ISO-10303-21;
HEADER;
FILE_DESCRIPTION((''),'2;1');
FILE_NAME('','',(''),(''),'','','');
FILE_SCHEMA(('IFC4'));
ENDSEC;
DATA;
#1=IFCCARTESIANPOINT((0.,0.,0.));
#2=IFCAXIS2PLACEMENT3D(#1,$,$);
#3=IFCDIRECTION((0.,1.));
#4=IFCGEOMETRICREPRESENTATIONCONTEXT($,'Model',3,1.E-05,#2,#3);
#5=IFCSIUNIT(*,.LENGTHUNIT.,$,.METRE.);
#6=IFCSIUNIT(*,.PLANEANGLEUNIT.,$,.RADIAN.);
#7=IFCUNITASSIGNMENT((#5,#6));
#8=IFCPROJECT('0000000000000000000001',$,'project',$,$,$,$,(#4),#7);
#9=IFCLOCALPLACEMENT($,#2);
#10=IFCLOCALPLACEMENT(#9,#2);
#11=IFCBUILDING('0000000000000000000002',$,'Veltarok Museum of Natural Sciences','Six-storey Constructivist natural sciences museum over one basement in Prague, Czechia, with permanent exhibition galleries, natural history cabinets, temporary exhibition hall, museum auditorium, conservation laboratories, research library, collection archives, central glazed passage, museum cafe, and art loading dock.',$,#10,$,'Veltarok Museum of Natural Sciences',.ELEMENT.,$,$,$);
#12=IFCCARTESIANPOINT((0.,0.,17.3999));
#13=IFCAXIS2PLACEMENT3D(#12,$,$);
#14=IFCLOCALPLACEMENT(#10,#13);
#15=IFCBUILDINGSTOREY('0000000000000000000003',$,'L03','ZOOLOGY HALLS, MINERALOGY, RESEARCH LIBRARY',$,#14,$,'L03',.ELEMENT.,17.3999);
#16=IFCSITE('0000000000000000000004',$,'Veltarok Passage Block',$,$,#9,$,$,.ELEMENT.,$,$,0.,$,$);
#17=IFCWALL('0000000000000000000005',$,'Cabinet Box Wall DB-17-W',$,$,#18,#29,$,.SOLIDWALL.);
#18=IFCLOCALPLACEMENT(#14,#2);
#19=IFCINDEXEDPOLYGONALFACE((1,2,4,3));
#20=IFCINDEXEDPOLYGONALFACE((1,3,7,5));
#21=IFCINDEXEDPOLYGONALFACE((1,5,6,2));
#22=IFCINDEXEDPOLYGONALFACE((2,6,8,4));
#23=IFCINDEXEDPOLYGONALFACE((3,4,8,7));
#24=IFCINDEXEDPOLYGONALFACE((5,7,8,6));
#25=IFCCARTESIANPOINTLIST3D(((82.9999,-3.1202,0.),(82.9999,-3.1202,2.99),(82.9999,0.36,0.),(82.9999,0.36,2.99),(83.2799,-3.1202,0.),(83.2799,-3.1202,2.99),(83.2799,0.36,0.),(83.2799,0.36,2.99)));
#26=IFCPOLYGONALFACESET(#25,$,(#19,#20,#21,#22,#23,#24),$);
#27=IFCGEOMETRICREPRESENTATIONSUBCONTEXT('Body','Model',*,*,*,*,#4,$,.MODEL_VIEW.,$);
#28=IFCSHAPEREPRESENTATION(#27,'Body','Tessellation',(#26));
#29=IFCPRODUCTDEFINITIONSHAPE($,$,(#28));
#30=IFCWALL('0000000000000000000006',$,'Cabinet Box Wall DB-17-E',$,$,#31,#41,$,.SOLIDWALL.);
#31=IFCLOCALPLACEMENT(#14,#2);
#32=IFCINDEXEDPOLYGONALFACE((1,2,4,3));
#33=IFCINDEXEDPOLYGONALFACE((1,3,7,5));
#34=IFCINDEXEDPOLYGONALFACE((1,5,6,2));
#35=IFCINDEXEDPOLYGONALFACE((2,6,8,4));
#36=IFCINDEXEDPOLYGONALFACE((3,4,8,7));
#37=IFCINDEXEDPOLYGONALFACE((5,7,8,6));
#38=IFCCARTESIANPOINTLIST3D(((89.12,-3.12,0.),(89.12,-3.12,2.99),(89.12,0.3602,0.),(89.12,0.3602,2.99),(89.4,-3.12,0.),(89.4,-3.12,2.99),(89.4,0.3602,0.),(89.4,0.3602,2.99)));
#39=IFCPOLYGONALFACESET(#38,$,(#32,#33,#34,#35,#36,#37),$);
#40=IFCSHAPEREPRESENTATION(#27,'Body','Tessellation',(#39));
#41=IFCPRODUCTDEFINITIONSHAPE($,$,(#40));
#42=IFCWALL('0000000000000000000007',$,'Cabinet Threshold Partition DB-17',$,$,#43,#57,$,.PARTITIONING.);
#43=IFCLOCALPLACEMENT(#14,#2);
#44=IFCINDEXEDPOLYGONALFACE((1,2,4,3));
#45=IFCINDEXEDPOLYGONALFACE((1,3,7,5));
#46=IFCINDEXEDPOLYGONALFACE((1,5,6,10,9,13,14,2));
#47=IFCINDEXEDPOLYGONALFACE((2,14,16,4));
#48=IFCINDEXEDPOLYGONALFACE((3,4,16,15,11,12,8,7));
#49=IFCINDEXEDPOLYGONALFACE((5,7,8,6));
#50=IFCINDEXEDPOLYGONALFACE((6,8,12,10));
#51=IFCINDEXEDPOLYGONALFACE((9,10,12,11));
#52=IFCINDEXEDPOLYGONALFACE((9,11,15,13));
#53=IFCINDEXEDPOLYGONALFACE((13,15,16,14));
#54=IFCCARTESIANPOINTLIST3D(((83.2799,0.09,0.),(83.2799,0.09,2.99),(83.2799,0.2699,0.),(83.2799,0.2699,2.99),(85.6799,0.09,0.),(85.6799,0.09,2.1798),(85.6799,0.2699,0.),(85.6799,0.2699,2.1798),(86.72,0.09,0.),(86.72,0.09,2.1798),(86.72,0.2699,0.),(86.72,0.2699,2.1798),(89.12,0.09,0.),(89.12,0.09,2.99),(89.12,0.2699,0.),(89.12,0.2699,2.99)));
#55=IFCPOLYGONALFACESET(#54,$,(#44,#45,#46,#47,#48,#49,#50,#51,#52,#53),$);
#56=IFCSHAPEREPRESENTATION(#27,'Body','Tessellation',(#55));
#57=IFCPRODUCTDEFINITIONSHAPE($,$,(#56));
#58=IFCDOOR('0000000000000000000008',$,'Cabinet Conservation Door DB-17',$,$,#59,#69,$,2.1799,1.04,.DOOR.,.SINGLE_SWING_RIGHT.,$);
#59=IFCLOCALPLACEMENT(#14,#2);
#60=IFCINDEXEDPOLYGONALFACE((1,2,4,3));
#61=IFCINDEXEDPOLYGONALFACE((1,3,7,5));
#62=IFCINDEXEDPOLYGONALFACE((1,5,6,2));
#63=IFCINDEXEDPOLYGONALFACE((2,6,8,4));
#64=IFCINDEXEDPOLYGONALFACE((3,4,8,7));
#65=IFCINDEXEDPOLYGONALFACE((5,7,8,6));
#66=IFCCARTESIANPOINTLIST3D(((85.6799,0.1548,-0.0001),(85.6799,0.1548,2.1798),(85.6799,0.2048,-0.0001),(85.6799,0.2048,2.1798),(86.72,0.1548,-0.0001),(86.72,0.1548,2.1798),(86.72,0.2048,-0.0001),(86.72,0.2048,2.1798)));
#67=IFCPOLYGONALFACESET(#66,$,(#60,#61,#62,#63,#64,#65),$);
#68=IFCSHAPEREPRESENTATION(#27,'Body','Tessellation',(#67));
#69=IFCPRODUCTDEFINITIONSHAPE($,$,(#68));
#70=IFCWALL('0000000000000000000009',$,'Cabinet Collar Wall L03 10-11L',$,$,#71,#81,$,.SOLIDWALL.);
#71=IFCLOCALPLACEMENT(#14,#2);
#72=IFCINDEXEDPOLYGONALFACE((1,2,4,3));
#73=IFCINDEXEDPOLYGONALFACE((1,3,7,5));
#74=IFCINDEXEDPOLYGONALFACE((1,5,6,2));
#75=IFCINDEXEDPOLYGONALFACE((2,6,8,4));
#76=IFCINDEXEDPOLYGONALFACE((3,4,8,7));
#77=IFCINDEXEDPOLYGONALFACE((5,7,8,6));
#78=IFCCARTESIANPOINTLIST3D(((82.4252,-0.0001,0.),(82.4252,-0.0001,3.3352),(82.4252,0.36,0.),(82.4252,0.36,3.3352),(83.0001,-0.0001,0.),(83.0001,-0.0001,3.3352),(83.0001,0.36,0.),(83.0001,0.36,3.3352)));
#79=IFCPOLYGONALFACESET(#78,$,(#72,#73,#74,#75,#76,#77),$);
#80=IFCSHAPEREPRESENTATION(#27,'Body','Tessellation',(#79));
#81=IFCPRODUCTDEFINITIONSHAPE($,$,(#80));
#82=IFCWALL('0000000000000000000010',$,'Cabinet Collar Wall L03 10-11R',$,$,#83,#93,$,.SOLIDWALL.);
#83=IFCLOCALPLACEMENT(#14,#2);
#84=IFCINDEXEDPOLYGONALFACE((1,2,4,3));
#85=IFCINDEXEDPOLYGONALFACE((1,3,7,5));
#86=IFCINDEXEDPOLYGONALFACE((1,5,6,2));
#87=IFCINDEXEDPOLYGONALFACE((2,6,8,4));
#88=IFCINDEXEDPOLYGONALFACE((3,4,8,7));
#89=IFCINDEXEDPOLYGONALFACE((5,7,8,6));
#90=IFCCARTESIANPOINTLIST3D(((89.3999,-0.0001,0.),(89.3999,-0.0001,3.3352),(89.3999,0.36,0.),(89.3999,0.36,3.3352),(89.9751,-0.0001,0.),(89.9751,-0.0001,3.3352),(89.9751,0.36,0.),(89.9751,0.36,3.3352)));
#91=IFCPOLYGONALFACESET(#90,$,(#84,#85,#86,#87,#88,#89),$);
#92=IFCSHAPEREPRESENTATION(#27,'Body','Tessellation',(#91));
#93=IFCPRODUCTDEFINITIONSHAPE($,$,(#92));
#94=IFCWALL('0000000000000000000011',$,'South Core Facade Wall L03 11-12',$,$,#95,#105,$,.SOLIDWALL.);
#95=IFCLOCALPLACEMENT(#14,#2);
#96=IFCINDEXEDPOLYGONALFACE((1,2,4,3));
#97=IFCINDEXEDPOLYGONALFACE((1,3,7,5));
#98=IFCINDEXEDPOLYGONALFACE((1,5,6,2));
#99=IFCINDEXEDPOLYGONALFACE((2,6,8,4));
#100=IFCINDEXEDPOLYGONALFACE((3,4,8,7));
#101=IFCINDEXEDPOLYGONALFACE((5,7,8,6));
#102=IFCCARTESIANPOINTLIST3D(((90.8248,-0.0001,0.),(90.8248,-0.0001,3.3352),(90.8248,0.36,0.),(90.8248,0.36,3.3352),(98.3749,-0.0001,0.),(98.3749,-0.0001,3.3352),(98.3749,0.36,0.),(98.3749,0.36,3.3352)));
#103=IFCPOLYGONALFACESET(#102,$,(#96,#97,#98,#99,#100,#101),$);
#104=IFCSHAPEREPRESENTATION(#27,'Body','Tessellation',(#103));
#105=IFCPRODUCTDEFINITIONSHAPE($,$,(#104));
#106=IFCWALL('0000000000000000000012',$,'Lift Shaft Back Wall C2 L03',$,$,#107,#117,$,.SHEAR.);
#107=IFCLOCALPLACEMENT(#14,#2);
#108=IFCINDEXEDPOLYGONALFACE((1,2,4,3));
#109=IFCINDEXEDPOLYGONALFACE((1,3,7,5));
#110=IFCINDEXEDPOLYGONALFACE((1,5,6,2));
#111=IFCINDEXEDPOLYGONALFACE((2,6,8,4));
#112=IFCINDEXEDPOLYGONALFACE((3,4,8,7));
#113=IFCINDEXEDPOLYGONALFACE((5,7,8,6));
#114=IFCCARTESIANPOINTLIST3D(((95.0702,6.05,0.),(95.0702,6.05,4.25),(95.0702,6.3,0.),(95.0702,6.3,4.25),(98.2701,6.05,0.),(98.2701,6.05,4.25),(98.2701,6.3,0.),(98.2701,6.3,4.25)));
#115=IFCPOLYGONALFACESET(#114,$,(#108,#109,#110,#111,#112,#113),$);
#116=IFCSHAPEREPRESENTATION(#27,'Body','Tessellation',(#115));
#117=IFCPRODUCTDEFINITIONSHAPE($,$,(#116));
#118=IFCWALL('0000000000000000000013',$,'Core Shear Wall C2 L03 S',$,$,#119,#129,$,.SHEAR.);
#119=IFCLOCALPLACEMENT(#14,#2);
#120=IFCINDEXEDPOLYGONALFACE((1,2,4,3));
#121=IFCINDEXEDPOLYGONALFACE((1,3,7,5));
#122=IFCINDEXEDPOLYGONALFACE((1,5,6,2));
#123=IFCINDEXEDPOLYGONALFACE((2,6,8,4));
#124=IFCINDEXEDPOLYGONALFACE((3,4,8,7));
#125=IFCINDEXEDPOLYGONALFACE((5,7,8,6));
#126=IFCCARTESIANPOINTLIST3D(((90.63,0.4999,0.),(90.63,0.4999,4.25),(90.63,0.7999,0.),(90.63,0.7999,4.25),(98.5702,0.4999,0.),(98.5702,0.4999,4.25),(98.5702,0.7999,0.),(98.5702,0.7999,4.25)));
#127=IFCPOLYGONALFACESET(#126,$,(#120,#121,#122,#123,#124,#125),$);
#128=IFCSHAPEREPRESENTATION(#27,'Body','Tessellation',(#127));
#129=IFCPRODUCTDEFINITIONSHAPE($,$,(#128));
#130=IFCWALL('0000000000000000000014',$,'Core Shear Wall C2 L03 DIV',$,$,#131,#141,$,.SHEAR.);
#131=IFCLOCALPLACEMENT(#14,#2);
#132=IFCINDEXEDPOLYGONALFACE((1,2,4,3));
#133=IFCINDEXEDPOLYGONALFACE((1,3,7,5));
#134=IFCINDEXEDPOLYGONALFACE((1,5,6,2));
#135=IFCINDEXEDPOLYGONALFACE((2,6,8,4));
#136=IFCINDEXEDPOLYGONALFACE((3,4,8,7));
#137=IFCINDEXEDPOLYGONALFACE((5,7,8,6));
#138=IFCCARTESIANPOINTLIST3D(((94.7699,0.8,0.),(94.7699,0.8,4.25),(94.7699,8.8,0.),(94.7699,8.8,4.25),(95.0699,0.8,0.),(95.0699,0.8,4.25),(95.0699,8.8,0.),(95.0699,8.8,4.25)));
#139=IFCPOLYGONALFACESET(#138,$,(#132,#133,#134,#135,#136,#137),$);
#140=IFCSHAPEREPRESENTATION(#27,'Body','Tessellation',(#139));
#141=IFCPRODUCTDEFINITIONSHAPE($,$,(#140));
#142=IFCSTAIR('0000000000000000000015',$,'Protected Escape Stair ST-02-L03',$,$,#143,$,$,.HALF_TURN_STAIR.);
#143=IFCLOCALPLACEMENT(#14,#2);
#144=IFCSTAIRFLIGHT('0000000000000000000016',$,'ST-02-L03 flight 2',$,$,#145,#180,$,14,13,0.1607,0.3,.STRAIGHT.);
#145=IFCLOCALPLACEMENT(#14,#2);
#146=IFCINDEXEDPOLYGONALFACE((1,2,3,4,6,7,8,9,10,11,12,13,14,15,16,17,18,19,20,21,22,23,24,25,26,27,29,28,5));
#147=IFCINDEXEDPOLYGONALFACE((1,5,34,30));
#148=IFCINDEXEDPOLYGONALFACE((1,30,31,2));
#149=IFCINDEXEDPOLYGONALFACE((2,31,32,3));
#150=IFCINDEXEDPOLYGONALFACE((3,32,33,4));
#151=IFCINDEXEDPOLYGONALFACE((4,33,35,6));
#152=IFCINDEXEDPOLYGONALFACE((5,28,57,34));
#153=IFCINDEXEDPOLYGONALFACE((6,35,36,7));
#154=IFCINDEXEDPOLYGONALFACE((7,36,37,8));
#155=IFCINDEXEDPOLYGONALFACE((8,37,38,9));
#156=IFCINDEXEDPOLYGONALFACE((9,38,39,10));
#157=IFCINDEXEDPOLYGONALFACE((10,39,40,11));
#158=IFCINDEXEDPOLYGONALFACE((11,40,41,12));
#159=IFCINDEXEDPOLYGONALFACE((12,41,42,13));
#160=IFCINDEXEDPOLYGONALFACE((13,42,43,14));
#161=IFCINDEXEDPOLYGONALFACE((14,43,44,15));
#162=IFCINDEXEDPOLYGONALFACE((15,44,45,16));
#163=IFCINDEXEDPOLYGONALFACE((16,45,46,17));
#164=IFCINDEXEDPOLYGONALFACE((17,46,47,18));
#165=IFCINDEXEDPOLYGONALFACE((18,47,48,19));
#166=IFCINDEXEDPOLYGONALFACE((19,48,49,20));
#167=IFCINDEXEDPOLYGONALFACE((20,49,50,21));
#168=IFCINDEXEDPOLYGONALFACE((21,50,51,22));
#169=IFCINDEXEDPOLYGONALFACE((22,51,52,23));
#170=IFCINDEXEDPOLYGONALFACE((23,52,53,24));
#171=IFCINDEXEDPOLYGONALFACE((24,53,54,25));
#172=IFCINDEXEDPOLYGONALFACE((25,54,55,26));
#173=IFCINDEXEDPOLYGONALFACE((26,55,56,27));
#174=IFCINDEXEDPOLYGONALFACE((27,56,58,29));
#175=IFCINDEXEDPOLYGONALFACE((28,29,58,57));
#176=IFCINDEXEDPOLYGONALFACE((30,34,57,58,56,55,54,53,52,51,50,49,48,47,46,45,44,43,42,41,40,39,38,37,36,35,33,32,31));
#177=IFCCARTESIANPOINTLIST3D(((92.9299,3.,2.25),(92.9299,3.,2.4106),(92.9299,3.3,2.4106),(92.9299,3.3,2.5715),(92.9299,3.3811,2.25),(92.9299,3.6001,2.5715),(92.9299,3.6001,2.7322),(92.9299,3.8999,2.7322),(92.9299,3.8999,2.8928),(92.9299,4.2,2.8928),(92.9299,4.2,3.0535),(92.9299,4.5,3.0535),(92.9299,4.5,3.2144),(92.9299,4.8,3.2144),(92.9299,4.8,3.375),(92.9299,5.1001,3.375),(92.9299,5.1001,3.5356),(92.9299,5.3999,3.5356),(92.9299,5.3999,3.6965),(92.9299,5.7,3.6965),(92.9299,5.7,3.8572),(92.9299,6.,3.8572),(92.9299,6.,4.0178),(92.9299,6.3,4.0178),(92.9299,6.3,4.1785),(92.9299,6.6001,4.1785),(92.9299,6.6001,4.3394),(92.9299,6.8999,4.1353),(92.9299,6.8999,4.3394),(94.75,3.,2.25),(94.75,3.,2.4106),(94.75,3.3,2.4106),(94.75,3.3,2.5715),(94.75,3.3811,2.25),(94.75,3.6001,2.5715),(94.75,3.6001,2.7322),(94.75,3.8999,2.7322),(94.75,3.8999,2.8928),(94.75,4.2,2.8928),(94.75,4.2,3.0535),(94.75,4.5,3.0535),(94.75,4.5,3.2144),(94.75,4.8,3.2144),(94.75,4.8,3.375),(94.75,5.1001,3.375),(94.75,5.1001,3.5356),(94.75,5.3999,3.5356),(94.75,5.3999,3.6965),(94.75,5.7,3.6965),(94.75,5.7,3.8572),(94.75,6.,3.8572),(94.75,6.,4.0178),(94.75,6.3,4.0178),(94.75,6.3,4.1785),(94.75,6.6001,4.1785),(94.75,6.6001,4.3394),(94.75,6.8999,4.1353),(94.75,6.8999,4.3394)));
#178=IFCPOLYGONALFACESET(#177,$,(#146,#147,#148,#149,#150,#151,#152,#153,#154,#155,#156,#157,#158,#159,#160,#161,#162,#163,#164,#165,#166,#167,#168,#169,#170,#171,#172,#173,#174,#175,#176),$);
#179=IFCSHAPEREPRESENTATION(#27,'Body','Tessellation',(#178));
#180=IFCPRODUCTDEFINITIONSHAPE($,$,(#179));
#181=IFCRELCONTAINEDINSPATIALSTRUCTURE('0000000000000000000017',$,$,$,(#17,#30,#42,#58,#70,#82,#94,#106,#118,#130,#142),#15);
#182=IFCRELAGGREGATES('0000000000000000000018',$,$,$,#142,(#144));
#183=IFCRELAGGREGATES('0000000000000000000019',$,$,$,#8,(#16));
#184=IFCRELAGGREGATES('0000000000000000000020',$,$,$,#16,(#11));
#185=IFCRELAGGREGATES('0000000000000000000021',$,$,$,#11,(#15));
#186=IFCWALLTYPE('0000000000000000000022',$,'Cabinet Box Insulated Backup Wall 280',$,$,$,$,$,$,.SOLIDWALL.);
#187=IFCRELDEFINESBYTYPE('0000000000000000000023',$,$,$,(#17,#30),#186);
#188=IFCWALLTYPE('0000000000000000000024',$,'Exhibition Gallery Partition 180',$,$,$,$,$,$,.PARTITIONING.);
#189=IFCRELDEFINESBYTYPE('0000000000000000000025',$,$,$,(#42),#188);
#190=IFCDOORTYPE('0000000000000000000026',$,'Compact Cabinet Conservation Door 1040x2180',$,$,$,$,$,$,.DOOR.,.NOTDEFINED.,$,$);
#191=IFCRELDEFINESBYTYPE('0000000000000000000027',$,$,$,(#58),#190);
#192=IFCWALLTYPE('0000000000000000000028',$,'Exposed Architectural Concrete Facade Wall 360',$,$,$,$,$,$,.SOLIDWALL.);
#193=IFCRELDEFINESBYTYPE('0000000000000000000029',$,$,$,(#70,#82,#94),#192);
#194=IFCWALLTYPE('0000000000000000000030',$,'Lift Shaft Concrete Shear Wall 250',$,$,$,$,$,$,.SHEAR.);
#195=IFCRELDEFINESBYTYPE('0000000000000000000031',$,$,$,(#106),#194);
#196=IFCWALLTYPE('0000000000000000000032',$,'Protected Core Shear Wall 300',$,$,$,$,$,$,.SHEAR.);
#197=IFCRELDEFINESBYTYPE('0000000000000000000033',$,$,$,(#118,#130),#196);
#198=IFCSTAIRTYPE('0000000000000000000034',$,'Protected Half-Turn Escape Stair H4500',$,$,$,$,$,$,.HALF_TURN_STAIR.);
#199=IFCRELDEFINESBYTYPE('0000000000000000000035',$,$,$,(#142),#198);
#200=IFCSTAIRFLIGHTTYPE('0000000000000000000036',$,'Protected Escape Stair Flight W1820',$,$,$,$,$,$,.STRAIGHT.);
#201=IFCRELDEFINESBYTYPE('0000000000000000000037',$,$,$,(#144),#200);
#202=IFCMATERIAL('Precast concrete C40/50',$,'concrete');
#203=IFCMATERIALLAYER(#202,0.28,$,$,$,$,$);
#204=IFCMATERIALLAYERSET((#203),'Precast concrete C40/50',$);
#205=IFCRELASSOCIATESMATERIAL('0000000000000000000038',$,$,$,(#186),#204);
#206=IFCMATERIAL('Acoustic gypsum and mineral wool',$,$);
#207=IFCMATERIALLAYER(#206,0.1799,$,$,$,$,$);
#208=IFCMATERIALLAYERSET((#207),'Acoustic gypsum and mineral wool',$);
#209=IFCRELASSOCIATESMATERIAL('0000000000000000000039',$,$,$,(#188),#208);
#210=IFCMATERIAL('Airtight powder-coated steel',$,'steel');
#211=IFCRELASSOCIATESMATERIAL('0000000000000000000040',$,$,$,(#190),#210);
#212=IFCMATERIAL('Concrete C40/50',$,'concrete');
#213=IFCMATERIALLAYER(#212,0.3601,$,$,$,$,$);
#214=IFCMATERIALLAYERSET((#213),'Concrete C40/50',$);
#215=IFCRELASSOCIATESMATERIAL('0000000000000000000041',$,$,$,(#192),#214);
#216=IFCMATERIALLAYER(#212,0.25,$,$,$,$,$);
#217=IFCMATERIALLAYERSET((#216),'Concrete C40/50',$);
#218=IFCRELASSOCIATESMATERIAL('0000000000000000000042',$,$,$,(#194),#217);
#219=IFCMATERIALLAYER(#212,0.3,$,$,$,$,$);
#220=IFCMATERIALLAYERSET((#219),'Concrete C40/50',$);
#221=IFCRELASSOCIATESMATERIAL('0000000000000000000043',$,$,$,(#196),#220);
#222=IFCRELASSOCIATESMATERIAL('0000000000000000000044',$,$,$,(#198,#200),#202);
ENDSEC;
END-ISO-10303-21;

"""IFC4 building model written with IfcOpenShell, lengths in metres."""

from ifc_helpers import new_model, si_unit, direction, frame, frame_2d, origin, place, context, subcontext, project, spatial, polyline, rectangle, outline, extrude, material, layer, layer_set, type_object, element, fill, aggregate, save


model = new_model("IFC4")

# Units and contexts
model_context = context("Model", 3, precision=1e-05, world=origin(), true_north=direction((0.0, 1.0)))
body_context = subcontext(model_context, "Body", "Model", "MODEL_VIEW")
ifc_project = project(units=[si_unit("LENGTHUNIT", "METRE"), si_unit("PLANEANGLEUNIT", "RADIAN")], contexts=[model_context])

# Site, building, storey
site_placement = place(None, origin())
site = spatial("IfcSite", under=ifc_project, at=site_placement, Name="Veltarok Passage Block", CompositionType="ELEMENT", RefElevation=0.0)
building_placement = place(site_placement, origin())
building = spatial("IfcBuilding", under=site, at=building_placement, Name="Veltarok Museum of Natural Sciences", Description="Six-storey Constructivist natural sciences museum over one basement in Prague, Czechia, with permanent exhibition galleries, natural history cabinets, temporary exhibition hall, museum auditorium, conservation laboratories, research library, collection archives, central glazed passage, museum cafe, and art loading dock.", LongName="Veltarok Museum of Natural Sciences", CompositionType="ELEMENT")
storey_placement = place(building_placement, frame((0.0, 0.0, 17.3999)))
storey = spatial("IfcBuildingStorey", under=building, at=storey_placement, Name="L03", Description="ZOOLOGY HALLS, MINERALOGY, RESEARCH LIBRARY", LongName="L03", CompositionType="ELEMENT", Elevation=17.3999)

# Shared definitions
ifc_material_1 = material(Name="Concrete C40/50", Category="concrete")

# Walls
ifc_material_2 = material(Name="Precast concrete C40/50", Category="concrete")
ifc_layer_1 = layer(ifc_material_2, 0.28)
ifc_layer_set_1 = layer_set([ifc_layer_1], Name="Precast concrete C40/50")
wall_type_1 = type_object("IfcWallType", Name="Cabinet Box Insulated Backup Wall 280", PredefinedType="SOLIDWALL", material=ifc_layer_set_1)
for number, where, z_axis, x_axis, name in (
    (1, (83.1399, 0.3601, 0.0), (0.0, 0.0, 1.0), (0.0, -1.0, 0.0), "Cabinet Box Wall DB-17-W"),
    (2, (89.26, -3.1201, 0.0), (0.0, 0.0, 1.0), (0.0, 1.0, 0.0), "Cabinet Box Wall DB-17-E"),
):
    element("IfcWall", number, at=place(storey_placement, frame(where, z_axis=z_axis, x_axis=x_axis)), inside=storey, type_object=wall_type_1, Name=name, PredefinedType="SOLIDWALL", context=body_context, shape_type="SweptSolid", body=[
        extrude(rectangle(XDim=3.4802, YDim=0.28, at=frame_2d((1.7402, 0.0))), origin(), (0.0, 0.0, 1.0), 2.99),
    ])

# Wall, opening, door
ifc_material_3 = material(Name="Acoustic gypsum and mineral wool")
ifc_layer_2 = layer(ifc_material_3, 0.1799)
ifc_layer_set_2 = layer_set([ifc_layer_2], Name="Acoustic gypsum and mineral wool")
wall_type_2 = type_object("IfcWallType", Name="Exhibition Gallery Partition 180", PredefinedType="PARTITIONING", material=ifc_layer_set_2)
wall_1_placement = place(storey_placement, frame((83.28, 0.1799, 0.0), z_axis=(0.0, 0.0, 1.0), x_axis=(1.0, 0.0, 0.0)))
wall_1 = element("IfcWall", 3, at=wall_1_placement, inside=storey, type_object=wall_type_2, Name="Cabinet Threshold Partition DB-17", PredefinedType="PARTITIONING", context=body_context, shape_type="SweptSolid", body=[
    extrude(rectangle(XDim=5.8401, YDim=0.1799, at=frame_2d((2.9199, 0.0))), origin(), (0.0, 0.0, 1.0), 2.99),
])
opening_placement = place(wall_1_placement, frame((2.3999, 0.0, 0.0)))
opening = element("IfcOpeningElement", 4, at=opening_placement, cuts=wall_1, PredefinedType="OPENING", context=body_context, shape_type="SweptSolid", body=[
    extrude(rectangle(XDim=1.04, YDim=2.1799, at=frame_2d((0.52, 1.0898))), frame((0.0, 0.1001, 0.0), z_axis=(0.0, -1.0, 0.0), x_axis=(1.0, 0.0, 0.0)), (0.0, 0.0, 1.0), 0.2),
])
ifc_material_4 = material(Name="Airtight powder-coated steel", Category="steel")
door_type = type_object("IfcDoorType", Name="Compact Cabinet Conservation Door 1040x2180", OperationType="NOTDEFINED", PredefinedType="DOOR", material=ifc_material_4)
door_placement = place(opening_placement, origin())
door = element("IfcDoor", 5, at=door_placement, inside=storey, type_object=door_type, Name="Cabinet Conservation Door DB-17", OperationType="SINGLE_SWING_RIGHT", OverallHeight=2.1799, OverallWidth=1.04, PredefinedType="DOOR", context=body_context, shape_type="SweptSolid", body=[
    extrude(rectangle(XDim=1.04, YDim=2.1799, at=frame_2d((0.52, 1.0898))), frame((0.0, 0.0249, 0.0), z_axis=(0.0, -1.0, 0.0), x_axis=(1.0, 0.0, 0.0)), (0.0, 0.0, 1.0), 0.05),
])
fill(opening, door)

# Walls
ifc_layer_3 = layer(ifc_material_1, 0.3601)
ifc_layer_set_3 = layer_set([ifc_layer_3], Name="Concrete C40/50")
wall_type_3 = type_object("IfcWallType", Name="Exposed Architectural Concrete Facade Wall 360", PredefinedType="SOLIDWALL", material=ifc_layer_set_3)
wall_2_placement = place(storey_placement, frame((82.425, 0.1799, 0.0), z_axis=(0.0, 0.0, 1.0), x_axis=(1.0, 0.0, 0.0)))
element("IfcWall", 6, at=wall_2_placement, inside=storey, type_object=wall_type_3, Name="Cabinet Collar Wall L03 10-11L", PredefinedType="SOLIDWALL", context=body_context, shape_type="SweptSolid", body=[
    extrude(rectangle(XDim=0.575, YDim=0.3601, at=frame_2d((0.2876, 0.0))), origin(), (0.0, 0.0, 1.0), 3.3352),
])
wall_3_placement = place(storey_placement, frame((89.3999, 0.1799, 0.0), z_axis=(0.0, 0.0, 1.0), x_axis=(1.0, 0.0, 0.0)))
element("IfcWall", 7, at=wall_3_placement, inside=storey, type_object=wall_type_3, Name="Cabinet Collar Wall L03 10-11R", PredefinedType="SOLIDWALL", context=body_context, shape_type="SweptSolid", body=[
    extrude(rectangle(XDim=0.5752, YDim=0.3601, at=frame_2d((0.2876, 0.0))), origin(), (0.0, 0.0, 1.0), 3.3352),
])
wall_4_placement = place(storey_placement, frame((90.825, 0.1799, 0.0), z_axis=(0.0, 0.0, 1.0), x_axis=(1.0, 0.0, 0.0)))
element("IfcWall", 8, at=wall_4_placement, inside=storey, type_object=wall_type_3, Name="South Core Facade Wall L03 11-12", PredefinedType="SOLIDWALL", context=body_context, shape_type="SweptSolid", body=[
    extrude(rectangle(XDim=7.55, YDim=0.3601, at=frame_2d((3.7749, 0.0))), origin(), (0.0, 0.0, 1.0), 3.3352),
])
ifc_layer_4 = layer(ifc_material_1, 0.25)
ifc_layer_set_4 = layer_set([ifc_layer_4], Name="Concrete C40/50")
wall_type_4 = type_object("IfcWallType", Name="Lift Shaft Concrete Shear Wall 250", PredefinedType="SHEAR", material=ifc_layer_set_4)
wall_5_placement = place(storey_placement, frame((95.0701, 6.175, 0.0), z_axis=(0.0, 0.0, 1.0), x_axis=(1.0, 0.0, 0.0)))
element("IfcWall", 9, at=wall_5_placement, inside=storey, type_object=wall_type_4, Name="Lift Shaft Back Wall C2 L03", PredefinedType="SHEAR", context=body_context, shape_type="SweptSolid", body=[
    extrude(rectangle(XDim=3.2, YDim=0.25, at=frame_2d((1.6001, 0.0))), origin(), (0.0, 0.0, 1.0), 4.25),
])
ifc_layer_5 = layer(ifc_material_1, 0.3)
ifc_layer_set_5 = layer_set([ifc_layer_5], Name="Concrete C40/50")
wall_type_5 = type_object("IfcWallType", Name="Protected Core Shear Wall 300", PredefinedType="SHEAR", material=ifc_layer_set_5)
wall_6_placement = place(storey_placement, frame((90.6299, 0.6499, 0.0), z_axis=(0.0, 0.0, 1.0), x_axis=(1.0, 0.0, 0.0)))
element("IfcWall", 10, at=wall_6_placement, inside=storey, type_object=wall_type_5, Name="Core Shear Wall C2 L03 S", PredefinedType="SHEAR", context=body_context, shape_type="SweptSolid", body=[
    extrude(rectangle(XDim=7.9402, YDim=0.3, at=frame_2d((3.9702, 0.0))), origin(), (0.0, 0.0, 1.0), 4.25),
])
wall_7_placement = place(storey_placement, frame((94.9199, 0.8, 0.0), z_axis=(0.0, 0.0, 1.0), x_axis=(0.0, 1.0, 0.0)))
element("IfcWall", 11, at=wall_7_placement, inside=storey, type_object=wall_type_5, Name="Core Shear Wall C2 L03 DIV", PredefinedType="SHEAR", context=body_context, shape_type="SweptSolid", body=[
    extrude(rectangle(XDim=8.0, YDim=0.3, at=frame_2d((4.0, 0.0))), origin(), (0.0, 0.0, 1.0), 4.25),
])

# Stair, stair flight
stair_type = type_object("IfcStairType", Name="Protected Half-Turn Escape Stair H4500", PredefinedType="HALF_TURN_STAIR", material=ifc_material_2)
stair_placement = place(storey_placement, origin())
stair = element("IfcStair", 12, at=stair_placement, inside=storey, type_object=stair_type, Name="Protected Escape Stair ST-02-L03", PredefinedType="HALF_TURN_STAIR")
stair_flight_type = type_object("IfcStairFlightType", Name="Protected Escape Stair Flight W1820", PredefinedType="STRAIGHT", material=ifc_material_2)
stair_flight_placement = place(storey_placement, frame((93.8401, 3.0, 2.25), z_axis=(0.0, 0.0, 1.0), x_axis=(0.0, 1.0, 0.0)))
stair_flight = element("IfcStairFlight", 13, at=stair_flight_placement, type_object=stair_flight_type, Name="ST-02-L03 flight 2", NumberOfRisers=14, NumberOfTreads=13, PredefinedType="STRAIGHT", RiserHeight=0.1607, TreadLength=0.3, context=body_context, shape_type="SweptSolid", body=[
    extrude(outline(polyline([(0.0, 0.0), (0.0, 0.1606), (0.3, 0.1606), (0.3, 0.3215), (0.6001, 0.3215), (0.6001, 0.4822), (0.8999, 0.4822), (0.8999, 0.6428), (1.2, 0.6428), (1.2, 0.8035), (1.5, 0.8035), (1.5, 0.9644), (1.8, 0.9644), (1.8, 1.125), (2.1001, 1.125), (2.1001, 1.2856), (2.3999, 1.2856), (2.3999, 1.4465), (2.7, 1.4465), (2.7, 1.6072), (3.0, 1.6072), (3.0, 1.7678), (3.3, 1.7678), (3.3, 1.9285), (3.6001, 1.9285), (3.6001, 2.0894), (3.8999, 2.0894), (3.8999, 2.25), (3.8999, 1.8853), (0.3811, 0.0), (0.0, 0.0)])), frame((0.0, 0.9102, 0.0), z_axis=(0.0, -1.0, 0.0), x_axis=(1.0, 0.0, 0.0)), (0.0, 0.0, 1.0), 1.8201),
])
aggregate(stair, [stair_flight])

save(model, "model.ifc")
